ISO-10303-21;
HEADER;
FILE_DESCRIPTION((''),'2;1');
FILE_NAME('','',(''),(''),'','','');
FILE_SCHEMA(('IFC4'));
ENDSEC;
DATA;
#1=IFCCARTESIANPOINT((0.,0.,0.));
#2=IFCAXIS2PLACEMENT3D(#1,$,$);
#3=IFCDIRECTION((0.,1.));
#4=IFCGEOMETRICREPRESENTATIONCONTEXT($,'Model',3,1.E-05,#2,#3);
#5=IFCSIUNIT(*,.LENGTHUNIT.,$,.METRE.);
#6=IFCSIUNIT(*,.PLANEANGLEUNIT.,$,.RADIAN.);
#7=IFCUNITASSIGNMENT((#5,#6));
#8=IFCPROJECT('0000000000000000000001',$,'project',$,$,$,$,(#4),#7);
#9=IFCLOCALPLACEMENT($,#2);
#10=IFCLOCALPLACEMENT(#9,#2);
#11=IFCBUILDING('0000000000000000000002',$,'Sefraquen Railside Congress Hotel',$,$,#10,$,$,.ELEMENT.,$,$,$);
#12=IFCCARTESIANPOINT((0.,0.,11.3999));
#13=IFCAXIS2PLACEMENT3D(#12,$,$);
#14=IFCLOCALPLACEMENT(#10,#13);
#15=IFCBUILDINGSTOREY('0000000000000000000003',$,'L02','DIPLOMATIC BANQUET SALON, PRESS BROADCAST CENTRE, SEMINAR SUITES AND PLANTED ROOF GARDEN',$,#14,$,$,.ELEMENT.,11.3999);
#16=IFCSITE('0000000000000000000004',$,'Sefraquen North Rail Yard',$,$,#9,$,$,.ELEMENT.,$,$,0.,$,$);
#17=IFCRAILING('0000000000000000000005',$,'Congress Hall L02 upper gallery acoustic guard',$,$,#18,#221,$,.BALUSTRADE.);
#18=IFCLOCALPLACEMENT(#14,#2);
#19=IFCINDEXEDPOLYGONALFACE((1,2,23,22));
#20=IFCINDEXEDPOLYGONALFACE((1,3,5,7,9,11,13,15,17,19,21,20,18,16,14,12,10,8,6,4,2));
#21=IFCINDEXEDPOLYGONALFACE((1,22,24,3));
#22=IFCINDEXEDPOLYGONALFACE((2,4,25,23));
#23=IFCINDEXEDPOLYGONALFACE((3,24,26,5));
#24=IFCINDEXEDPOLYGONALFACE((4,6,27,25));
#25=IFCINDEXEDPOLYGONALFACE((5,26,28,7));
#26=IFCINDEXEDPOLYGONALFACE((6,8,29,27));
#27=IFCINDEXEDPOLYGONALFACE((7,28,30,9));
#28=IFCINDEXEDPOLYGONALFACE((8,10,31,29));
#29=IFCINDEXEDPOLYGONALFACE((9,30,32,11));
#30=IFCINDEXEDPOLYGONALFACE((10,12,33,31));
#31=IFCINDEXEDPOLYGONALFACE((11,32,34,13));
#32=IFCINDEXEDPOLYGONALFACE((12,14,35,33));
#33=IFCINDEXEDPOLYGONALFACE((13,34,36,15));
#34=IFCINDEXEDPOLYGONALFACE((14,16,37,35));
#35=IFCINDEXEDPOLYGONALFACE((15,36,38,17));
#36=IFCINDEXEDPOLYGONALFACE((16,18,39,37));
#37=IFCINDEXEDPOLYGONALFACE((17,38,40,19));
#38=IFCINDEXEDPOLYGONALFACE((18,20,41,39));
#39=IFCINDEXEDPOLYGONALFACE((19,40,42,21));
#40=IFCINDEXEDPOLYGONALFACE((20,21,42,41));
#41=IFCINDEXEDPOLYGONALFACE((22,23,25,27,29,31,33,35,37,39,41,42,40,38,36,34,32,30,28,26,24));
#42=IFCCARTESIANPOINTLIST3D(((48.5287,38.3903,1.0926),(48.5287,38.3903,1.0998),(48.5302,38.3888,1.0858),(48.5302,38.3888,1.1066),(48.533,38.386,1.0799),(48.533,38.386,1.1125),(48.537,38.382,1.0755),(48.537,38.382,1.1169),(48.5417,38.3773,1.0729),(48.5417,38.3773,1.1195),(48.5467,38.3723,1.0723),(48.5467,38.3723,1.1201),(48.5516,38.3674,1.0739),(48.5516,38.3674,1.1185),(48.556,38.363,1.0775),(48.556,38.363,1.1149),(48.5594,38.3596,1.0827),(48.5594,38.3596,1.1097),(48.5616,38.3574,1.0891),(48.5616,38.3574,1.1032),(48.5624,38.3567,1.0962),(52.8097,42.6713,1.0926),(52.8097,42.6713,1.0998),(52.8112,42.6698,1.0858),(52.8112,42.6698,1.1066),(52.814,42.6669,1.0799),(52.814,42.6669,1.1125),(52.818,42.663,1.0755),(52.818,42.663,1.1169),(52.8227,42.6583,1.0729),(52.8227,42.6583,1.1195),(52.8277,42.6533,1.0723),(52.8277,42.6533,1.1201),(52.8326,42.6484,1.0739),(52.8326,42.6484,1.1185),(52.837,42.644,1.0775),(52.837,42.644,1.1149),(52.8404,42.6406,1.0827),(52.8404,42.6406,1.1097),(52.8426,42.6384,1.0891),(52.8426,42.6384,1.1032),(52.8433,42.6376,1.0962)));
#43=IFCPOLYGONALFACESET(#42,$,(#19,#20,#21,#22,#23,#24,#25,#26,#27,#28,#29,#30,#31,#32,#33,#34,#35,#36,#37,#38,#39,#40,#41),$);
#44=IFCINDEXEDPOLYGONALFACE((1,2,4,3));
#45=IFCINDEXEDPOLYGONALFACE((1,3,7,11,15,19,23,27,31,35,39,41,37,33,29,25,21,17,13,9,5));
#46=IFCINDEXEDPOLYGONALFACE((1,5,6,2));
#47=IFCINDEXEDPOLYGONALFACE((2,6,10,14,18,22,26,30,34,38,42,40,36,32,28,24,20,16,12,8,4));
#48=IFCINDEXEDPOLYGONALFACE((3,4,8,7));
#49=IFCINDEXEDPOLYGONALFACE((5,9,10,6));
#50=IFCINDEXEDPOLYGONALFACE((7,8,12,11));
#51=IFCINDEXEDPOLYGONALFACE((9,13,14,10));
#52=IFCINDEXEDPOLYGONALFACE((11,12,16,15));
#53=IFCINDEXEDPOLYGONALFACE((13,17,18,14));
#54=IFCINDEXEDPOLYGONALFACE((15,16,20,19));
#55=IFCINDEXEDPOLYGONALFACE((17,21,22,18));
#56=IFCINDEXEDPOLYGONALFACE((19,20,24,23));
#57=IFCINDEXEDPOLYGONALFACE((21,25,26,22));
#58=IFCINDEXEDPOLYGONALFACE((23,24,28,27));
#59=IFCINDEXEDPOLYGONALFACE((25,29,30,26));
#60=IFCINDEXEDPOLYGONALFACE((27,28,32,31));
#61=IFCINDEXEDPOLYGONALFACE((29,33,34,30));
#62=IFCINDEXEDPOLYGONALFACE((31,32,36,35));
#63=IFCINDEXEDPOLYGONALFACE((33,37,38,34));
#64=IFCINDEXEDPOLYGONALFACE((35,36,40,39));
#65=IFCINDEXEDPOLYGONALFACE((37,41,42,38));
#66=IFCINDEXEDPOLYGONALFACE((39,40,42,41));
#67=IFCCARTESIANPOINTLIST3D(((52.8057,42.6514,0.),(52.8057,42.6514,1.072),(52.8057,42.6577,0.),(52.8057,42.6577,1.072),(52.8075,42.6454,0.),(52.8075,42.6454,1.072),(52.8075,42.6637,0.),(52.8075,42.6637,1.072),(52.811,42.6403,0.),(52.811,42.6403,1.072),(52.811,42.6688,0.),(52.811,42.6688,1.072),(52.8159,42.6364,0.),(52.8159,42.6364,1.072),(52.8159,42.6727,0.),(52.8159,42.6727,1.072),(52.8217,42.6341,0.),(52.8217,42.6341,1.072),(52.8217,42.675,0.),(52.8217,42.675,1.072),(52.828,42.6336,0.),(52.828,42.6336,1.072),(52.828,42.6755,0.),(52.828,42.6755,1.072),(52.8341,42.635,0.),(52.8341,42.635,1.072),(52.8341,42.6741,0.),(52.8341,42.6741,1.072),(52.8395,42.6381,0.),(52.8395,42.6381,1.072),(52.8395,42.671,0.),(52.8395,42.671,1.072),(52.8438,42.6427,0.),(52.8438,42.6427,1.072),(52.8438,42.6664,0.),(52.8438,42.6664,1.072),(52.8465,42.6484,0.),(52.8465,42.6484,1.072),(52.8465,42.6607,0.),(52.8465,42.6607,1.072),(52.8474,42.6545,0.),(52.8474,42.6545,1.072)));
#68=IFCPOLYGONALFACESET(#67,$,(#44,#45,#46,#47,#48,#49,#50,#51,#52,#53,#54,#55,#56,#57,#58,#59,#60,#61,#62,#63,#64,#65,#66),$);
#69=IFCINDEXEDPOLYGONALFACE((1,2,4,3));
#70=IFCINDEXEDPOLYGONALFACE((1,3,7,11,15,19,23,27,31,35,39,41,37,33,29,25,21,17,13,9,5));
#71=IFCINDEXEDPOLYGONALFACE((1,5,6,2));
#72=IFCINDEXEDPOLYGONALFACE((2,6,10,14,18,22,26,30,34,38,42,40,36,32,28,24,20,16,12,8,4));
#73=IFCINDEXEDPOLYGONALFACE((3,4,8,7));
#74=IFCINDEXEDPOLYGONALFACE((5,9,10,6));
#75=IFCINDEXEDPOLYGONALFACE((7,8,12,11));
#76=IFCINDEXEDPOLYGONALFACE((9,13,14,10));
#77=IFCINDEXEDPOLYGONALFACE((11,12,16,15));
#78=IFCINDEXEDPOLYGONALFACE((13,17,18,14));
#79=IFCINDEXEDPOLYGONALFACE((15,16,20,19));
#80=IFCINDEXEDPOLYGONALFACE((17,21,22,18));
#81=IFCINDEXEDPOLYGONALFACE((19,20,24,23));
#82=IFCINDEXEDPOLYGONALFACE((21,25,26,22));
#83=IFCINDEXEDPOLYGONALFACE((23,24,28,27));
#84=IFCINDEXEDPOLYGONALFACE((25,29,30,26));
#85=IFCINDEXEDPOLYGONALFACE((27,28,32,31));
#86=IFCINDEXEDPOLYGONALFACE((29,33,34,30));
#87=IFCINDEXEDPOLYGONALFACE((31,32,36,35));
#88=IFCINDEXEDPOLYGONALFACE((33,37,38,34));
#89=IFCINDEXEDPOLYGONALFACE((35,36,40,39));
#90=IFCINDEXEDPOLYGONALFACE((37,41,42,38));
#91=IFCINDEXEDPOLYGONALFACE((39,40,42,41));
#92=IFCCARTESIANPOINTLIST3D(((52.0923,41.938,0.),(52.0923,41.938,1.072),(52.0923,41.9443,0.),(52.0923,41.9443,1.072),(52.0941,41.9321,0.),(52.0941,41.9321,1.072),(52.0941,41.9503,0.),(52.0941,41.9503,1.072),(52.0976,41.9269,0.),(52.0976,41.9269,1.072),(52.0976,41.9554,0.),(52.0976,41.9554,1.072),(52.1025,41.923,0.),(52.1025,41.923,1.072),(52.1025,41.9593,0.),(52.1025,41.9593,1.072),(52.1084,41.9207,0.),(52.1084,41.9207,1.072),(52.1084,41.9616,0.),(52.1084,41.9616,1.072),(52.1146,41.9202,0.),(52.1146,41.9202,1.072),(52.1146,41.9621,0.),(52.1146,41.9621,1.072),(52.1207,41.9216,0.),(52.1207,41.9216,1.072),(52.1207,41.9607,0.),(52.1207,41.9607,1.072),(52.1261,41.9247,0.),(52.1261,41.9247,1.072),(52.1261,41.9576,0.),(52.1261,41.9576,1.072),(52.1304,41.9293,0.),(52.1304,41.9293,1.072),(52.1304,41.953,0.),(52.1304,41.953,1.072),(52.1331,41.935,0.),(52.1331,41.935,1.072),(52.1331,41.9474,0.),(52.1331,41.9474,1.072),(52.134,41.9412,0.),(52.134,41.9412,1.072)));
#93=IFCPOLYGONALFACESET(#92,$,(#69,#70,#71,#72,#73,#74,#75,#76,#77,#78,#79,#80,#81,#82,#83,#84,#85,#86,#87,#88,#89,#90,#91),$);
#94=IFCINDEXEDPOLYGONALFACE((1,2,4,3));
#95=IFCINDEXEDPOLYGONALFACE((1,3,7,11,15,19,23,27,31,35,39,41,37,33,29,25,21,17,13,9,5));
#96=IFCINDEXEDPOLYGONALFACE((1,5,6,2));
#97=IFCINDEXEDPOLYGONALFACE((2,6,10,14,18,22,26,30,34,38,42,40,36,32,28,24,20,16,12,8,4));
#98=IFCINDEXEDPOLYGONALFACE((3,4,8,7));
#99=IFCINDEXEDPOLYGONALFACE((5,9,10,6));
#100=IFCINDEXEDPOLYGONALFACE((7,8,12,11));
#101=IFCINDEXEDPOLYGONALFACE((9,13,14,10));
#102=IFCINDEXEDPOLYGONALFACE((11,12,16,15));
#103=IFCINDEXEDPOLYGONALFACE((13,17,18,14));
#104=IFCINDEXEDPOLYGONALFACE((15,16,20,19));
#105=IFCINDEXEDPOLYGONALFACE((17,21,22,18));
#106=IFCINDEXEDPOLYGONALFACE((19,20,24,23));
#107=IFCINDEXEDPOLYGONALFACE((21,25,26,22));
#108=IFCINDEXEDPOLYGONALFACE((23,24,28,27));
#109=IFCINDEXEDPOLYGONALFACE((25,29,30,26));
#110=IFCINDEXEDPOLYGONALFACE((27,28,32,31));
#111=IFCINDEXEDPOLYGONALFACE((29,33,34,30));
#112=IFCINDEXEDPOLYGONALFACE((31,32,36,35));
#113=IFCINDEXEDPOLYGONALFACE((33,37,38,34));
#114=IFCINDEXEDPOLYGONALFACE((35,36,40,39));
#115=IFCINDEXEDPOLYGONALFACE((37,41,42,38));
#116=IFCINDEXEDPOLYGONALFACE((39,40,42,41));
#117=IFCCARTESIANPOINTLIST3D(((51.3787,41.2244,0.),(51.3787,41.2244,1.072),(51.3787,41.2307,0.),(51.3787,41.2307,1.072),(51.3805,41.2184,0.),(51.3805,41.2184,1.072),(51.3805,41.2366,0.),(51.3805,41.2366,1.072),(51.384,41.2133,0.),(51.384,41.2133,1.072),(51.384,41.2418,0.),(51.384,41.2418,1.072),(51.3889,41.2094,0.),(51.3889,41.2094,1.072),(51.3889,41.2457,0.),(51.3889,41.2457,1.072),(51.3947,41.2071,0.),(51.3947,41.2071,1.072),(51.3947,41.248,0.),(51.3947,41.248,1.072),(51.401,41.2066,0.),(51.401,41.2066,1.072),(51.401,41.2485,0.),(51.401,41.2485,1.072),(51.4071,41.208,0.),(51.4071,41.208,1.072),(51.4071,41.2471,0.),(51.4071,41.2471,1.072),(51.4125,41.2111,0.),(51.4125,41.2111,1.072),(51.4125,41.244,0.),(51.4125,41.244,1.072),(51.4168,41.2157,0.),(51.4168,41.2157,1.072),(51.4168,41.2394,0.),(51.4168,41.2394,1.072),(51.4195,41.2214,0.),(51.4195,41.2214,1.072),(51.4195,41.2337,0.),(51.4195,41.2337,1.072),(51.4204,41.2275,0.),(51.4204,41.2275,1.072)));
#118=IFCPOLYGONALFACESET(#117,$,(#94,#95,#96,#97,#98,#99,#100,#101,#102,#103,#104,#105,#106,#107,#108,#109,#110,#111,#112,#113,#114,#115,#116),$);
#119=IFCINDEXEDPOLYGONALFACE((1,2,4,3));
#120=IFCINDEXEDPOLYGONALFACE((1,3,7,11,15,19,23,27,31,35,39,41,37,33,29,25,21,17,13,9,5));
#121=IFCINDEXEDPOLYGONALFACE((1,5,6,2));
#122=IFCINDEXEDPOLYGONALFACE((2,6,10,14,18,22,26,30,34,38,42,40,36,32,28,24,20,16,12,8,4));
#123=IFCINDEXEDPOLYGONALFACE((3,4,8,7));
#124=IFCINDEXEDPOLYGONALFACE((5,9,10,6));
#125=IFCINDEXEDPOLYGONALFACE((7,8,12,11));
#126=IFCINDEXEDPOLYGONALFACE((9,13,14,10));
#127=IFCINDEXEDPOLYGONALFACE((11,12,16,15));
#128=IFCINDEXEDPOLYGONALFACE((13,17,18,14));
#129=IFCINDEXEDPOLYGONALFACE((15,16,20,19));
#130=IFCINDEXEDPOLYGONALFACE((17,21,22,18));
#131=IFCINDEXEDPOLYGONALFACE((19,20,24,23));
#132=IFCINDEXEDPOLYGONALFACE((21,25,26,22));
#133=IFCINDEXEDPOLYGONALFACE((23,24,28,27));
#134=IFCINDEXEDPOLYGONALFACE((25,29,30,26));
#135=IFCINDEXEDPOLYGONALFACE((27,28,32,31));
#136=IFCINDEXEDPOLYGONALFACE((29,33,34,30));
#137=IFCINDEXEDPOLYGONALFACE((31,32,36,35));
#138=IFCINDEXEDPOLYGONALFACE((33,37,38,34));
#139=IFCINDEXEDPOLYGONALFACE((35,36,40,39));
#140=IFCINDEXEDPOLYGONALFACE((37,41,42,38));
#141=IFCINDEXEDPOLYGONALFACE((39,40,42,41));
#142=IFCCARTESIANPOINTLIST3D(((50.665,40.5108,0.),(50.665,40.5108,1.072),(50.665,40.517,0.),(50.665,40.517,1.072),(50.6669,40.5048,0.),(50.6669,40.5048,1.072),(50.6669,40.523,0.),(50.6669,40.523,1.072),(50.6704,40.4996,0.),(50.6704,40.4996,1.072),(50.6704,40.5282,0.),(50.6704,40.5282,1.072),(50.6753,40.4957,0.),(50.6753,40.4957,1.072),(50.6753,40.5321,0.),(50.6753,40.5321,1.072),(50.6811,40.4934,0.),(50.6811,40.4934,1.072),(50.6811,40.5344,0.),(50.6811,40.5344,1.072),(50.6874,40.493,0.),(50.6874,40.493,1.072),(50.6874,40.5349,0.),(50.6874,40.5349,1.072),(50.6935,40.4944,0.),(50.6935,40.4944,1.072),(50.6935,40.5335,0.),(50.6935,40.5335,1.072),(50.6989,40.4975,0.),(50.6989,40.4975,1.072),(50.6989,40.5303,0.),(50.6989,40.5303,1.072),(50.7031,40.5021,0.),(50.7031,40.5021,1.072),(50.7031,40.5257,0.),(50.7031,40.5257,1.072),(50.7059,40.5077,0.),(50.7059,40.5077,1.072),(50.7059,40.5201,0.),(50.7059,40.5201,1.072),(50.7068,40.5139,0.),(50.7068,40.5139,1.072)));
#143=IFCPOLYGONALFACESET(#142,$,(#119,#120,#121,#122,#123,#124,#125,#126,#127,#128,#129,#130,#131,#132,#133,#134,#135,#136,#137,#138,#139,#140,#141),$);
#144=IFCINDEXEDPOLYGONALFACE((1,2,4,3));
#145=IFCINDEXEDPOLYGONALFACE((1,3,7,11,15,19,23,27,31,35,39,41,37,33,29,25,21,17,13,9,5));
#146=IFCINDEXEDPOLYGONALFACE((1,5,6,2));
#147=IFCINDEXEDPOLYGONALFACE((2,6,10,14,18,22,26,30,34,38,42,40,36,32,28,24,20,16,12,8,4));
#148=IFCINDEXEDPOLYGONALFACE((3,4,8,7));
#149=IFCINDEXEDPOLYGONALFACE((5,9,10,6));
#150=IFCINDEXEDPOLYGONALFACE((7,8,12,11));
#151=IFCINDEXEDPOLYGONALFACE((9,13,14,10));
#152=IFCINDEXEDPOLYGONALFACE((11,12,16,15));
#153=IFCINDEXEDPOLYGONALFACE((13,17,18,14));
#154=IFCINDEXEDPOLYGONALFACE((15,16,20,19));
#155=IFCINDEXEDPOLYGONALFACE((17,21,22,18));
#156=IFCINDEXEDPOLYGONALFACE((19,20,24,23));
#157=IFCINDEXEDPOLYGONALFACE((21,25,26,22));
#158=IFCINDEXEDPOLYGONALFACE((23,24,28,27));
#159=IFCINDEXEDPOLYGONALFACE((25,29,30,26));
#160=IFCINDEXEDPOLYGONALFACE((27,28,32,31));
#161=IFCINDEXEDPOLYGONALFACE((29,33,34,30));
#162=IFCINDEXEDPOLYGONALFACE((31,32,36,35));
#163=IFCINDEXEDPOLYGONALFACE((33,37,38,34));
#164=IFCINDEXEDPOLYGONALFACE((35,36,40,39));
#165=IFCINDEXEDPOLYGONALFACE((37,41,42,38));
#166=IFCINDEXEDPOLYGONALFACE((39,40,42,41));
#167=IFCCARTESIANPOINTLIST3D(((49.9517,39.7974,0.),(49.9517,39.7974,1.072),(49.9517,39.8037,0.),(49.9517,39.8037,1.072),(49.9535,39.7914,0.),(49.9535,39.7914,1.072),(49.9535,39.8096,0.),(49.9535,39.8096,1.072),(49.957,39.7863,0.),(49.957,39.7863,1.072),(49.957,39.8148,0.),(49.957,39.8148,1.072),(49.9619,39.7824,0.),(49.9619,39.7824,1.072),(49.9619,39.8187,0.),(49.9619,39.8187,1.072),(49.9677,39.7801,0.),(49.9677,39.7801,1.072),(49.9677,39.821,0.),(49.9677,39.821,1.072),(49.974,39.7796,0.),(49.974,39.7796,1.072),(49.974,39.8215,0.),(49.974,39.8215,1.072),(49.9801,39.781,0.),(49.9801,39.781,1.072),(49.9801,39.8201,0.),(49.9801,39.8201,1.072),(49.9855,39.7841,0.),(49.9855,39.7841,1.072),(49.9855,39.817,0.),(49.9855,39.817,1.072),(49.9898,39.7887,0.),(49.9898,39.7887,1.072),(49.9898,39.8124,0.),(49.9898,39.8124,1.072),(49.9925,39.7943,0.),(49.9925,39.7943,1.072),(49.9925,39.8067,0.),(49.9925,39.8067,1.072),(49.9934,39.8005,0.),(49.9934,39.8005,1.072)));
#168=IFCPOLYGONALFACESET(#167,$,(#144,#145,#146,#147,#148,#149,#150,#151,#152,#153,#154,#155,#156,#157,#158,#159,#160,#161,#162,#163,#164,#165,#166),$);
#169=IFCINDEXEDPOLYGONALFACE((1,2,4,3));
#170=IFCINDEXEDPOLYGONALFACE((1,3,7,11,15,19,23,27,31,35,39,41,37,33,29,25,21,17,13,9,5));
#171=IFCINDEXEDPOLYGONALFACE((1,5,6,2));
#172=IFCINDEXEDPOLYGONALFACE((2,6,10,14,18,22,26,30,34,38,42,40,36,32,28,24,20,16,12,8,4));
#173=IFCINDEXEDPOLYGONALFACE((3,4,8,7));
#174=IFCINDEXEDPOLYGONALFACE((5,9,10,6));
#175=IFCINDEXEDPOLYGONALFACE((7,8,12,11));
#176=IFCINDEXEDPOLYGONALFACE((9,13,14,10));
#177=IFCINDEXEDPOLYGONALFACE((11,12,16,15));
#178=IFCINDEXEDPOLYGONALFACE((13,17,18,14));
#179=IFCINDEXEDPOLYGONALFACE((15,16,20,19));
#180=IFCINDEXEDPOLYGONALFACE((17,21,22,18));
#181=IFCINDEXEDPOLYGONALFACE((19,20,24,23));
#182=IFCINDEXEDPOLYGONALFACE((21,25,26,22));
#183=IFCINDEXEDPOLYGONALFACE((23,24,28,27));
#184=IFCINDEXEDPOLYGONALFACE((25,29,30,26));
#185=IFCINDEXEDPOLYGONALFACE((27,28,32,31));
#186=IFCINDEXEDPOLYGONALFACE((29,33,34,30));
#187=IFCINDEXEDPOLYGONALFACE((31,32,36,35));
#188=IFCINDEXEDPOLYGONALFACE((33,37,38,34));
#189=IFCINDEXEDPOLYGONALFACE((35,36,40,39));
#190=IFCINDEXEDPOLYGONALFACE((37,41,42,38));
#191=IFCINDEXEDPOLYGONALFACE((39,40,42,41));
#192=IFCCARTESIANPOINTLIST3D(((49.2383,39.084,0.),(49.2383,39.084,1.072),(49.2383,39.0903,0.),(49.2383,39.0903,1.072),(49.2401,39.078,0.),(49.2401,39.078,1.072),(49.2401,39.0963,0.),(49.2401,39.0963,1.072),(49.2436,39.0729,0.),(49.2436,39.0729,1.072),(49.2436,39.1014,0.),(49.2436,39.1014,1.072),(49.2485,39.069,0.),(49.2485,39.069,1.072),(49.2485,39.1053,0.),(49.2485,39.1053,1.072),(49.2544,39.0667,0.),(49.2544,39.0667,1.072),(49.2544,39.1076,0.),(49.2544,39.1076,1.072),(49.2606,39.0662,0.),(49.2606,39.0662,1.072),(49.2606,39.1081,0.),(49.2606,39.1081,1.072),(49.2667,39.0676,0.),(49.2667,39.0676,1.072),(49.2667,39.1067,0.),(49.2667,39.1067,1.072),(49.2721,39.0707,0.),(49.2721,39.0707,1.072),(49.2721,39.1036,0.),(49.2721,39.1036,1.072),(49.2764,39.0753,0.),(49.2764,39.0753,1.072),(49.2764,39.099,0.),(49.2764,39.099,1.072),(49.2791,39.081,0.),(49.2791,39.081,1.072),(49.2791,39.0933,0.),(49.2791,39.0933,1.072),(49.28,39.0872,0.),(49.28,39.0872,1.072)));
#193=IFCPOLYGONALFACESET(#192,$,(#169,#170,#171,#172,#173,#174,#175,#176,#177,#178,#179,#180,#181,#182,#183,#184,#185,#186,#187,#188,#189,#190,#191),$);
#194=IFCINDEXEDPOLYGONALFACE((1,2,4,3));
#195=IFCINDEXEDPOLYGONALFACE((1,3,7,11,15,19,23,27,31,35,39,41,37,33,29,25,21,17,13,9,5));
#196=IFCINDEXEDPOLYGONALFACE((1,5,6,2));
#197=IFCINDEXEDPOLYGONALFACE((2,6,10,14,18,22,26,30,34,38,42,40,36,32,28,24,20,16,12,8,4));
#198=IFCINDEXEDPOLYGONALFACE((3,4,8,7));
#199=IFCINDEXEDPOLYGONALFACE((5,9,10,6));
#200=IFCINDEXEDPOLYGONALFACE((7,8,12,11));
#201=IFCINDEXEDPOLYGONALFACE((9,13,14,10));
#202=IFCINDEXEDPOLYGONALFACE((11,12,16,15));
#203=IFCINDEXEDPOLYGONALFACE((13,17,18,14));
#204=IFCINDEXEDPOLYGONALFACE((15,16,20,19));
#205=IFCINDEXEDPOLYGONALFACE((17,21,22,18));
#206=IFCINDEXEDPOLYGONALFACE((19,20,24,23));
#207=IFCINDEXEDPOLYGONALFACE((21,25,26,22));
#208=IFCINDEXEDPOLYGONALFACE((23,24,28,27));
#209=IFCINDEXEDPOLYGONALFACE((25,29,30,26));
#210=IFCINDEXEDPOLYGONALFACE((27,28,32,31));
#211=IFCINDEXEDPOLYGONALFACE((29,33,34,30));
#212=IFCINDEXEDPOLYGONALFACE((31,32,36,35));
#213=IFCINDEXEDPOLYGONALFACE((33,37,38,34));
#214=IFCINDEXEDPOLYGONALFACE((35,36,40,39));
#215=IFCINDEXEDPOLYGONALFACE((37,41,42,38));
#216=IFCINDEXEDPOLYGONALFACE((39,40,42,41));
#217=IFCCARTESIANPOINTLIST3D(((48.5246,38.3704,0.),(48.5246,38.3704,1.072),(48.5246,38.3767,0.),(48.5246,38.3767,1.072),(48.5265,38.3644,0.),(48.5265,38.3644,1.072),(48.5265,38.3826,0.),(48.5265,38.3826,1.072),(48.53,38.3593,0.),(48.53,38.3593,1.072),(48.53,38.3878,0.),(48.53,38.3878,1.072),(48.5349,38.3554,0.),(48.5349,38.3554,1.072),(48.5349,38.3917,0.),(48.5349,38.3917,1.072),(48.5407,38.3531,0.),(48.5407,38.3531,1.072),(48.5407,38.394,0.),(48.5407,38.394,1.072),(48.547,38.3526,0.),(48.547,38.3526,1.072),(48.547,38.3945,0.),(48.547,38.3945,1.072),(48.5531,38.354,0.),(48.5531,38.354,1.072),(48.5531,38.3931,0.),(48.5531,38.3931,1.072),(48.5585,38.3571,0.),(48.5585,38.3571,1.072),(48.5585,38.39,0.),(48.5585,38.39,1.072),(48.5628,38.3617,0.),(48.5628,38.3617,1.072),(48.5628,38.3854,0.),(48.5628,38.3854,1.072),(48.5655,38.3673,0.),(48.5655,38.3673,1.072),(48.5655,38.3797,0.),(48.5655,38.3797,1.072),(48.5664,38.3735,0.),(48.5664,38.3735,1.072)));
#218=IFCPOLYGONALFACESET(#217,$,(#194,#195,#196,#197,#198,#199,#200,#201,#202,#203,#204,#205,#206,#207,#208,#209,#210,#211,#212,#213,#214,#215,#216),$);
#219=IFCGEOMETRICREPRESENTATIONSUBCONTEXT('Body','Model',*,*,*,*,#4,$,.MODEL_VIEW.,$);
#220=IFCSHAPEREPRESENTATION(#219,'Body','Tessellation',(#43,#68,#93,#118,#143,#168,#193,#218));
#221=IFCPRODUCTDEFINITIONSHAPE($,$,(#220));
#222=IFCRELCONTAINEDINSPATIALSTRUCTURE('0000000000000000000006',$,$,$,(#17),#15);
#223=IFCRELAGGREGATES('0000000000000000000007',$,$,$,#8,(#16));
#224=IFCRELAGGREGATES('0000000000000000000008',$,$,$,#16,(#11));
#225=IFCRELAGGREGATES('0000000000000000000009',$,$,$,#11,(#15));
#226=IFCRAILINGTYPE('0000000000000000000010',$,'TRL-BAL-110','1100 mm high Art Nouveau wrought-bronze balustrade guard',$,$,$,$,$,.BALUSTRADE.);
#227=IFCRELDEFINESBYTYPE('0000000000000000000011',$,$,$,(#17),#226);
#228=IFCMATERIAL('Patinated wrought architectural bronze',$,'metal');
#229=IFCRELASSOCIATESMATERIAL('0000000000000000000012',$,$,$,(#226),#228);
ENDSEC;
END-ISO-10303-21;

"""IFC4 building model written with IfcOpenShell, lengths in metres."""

from ifc_helpers import new_model, si_unit, direction, frame, origin, origin_2d, place, context, subcontext, project, spatial, circle, extrude, material, type_object, element, save


model = new_model("IFC4")

# Units and contexts
model_context = context("Model", 3, precision=1e-05, world=origin(), true_north=direction((0.0, 1.0)))
body_context = subcontext(model_context, "Body", "Model", "MODEL_VIEW")
ifc_project = project(units=[si_unit("LENGTHUNIT", "METRE"), si_unit("PLANEANGLEUNIT", "RADIAN")], contexts=[model_context])

# Site, building, storey
site_placement = place(None, origin())
site = spatial("IfcSite", under=ifc_project, at=site_placement, Name="Sefraquen North Rail Yard", CompositionType="ELEMENT", RefElevation=0.0)
building_placement = place(site_placement, origin())
building = spatial("IfcBuilding", under=site, at=building_placement, Name="Sefraquen Railside Congress Hotel", CompositionType="ELEMENT")
storey_placement = place(building_placement, frame((0.0, 0.0, 11.3999)))
storey = spatial("IfcBuildingStorey", under=building, at=storey_placement, Name="L02", Description="DIPLOMATIC BANQUET SALON, PRESS BROADCAST CENTRE, SEMINAR SUITES AND PLANTED ROOF GARDEN", CompositionType="ELEMENT", Elevation=11.3999)

# Railing
ifc_material_1 = material(Name="Patinated wrought architectural bronze", Category="metal")
railing_type = type_object("IfcRailingType", Name="TRL-BAL-110", Description="1100 mm high Art Nouveau wrought-bronze balustrade guard", PredefinedType="BALUSTRADE", material=ifc_material_1)
railing_1_placement = place(storey_placement, frame((52.8264, 42.6545, 0.0)))
element("IfcRailing", 1, at=railing_1_placement, inside=storey, type_object=railing_type, Name="Congress Hall L02 upper gallery acoustic guard", PredefinedType="BALUSTRADE", context=body_context, shape_type="SweptSolid", body=[
    extrude(circle(Radius=0.0239, at=origin_2d()), frame((0.0, 0.0, 1.0962), z_axis=(-0.707107, -0.707107, 0.0), x_axis=(0.707107, -0.707107, 0.0)), (0.0, 0.0, 1.0), 6.0542),
    extrude(circle(Radius=0.021, at=origin_2d()), origin(), (0.0, 0.0, 1.0), 1.072),
    extrude(circle(Radius=0.021, at=origin_2d()), frame((-0.7134, -0.7134, 0.0)), (0.0, 0.0, 1.0), 1.072),
    extrude(circle(Radius=0.021, at=origin_2d()), frame((-1.427, -1.427, 0.0)), (0.0, 0.0, 1.0), 1.072),
    extrude(circle(Radius=0.021, at=origin_2d()), frame((-2.1406, -2.1406, 0.0)), (0.0, 0.0, 1.0), 1.072),
    extrude(circle(Radius=0.021, at=origin_2d()), frame((-2.854, -2.854, 0.0)), (0.0, 0.0, 1.0), 1.072),
    extrude(circle(Radius=0.021, at=origin_2d()), frame((-3.5674, -3.5674, 0.0)), (0.0, 0.0, 1.0), 1.072),
    extrude(circle(Radius=0.021, at=origin_2d()), frame((-4.281, -4.281, 0.0)), (0.0, 0.0, 1.0), 1.072),
])

save(model, "model.ifc")
